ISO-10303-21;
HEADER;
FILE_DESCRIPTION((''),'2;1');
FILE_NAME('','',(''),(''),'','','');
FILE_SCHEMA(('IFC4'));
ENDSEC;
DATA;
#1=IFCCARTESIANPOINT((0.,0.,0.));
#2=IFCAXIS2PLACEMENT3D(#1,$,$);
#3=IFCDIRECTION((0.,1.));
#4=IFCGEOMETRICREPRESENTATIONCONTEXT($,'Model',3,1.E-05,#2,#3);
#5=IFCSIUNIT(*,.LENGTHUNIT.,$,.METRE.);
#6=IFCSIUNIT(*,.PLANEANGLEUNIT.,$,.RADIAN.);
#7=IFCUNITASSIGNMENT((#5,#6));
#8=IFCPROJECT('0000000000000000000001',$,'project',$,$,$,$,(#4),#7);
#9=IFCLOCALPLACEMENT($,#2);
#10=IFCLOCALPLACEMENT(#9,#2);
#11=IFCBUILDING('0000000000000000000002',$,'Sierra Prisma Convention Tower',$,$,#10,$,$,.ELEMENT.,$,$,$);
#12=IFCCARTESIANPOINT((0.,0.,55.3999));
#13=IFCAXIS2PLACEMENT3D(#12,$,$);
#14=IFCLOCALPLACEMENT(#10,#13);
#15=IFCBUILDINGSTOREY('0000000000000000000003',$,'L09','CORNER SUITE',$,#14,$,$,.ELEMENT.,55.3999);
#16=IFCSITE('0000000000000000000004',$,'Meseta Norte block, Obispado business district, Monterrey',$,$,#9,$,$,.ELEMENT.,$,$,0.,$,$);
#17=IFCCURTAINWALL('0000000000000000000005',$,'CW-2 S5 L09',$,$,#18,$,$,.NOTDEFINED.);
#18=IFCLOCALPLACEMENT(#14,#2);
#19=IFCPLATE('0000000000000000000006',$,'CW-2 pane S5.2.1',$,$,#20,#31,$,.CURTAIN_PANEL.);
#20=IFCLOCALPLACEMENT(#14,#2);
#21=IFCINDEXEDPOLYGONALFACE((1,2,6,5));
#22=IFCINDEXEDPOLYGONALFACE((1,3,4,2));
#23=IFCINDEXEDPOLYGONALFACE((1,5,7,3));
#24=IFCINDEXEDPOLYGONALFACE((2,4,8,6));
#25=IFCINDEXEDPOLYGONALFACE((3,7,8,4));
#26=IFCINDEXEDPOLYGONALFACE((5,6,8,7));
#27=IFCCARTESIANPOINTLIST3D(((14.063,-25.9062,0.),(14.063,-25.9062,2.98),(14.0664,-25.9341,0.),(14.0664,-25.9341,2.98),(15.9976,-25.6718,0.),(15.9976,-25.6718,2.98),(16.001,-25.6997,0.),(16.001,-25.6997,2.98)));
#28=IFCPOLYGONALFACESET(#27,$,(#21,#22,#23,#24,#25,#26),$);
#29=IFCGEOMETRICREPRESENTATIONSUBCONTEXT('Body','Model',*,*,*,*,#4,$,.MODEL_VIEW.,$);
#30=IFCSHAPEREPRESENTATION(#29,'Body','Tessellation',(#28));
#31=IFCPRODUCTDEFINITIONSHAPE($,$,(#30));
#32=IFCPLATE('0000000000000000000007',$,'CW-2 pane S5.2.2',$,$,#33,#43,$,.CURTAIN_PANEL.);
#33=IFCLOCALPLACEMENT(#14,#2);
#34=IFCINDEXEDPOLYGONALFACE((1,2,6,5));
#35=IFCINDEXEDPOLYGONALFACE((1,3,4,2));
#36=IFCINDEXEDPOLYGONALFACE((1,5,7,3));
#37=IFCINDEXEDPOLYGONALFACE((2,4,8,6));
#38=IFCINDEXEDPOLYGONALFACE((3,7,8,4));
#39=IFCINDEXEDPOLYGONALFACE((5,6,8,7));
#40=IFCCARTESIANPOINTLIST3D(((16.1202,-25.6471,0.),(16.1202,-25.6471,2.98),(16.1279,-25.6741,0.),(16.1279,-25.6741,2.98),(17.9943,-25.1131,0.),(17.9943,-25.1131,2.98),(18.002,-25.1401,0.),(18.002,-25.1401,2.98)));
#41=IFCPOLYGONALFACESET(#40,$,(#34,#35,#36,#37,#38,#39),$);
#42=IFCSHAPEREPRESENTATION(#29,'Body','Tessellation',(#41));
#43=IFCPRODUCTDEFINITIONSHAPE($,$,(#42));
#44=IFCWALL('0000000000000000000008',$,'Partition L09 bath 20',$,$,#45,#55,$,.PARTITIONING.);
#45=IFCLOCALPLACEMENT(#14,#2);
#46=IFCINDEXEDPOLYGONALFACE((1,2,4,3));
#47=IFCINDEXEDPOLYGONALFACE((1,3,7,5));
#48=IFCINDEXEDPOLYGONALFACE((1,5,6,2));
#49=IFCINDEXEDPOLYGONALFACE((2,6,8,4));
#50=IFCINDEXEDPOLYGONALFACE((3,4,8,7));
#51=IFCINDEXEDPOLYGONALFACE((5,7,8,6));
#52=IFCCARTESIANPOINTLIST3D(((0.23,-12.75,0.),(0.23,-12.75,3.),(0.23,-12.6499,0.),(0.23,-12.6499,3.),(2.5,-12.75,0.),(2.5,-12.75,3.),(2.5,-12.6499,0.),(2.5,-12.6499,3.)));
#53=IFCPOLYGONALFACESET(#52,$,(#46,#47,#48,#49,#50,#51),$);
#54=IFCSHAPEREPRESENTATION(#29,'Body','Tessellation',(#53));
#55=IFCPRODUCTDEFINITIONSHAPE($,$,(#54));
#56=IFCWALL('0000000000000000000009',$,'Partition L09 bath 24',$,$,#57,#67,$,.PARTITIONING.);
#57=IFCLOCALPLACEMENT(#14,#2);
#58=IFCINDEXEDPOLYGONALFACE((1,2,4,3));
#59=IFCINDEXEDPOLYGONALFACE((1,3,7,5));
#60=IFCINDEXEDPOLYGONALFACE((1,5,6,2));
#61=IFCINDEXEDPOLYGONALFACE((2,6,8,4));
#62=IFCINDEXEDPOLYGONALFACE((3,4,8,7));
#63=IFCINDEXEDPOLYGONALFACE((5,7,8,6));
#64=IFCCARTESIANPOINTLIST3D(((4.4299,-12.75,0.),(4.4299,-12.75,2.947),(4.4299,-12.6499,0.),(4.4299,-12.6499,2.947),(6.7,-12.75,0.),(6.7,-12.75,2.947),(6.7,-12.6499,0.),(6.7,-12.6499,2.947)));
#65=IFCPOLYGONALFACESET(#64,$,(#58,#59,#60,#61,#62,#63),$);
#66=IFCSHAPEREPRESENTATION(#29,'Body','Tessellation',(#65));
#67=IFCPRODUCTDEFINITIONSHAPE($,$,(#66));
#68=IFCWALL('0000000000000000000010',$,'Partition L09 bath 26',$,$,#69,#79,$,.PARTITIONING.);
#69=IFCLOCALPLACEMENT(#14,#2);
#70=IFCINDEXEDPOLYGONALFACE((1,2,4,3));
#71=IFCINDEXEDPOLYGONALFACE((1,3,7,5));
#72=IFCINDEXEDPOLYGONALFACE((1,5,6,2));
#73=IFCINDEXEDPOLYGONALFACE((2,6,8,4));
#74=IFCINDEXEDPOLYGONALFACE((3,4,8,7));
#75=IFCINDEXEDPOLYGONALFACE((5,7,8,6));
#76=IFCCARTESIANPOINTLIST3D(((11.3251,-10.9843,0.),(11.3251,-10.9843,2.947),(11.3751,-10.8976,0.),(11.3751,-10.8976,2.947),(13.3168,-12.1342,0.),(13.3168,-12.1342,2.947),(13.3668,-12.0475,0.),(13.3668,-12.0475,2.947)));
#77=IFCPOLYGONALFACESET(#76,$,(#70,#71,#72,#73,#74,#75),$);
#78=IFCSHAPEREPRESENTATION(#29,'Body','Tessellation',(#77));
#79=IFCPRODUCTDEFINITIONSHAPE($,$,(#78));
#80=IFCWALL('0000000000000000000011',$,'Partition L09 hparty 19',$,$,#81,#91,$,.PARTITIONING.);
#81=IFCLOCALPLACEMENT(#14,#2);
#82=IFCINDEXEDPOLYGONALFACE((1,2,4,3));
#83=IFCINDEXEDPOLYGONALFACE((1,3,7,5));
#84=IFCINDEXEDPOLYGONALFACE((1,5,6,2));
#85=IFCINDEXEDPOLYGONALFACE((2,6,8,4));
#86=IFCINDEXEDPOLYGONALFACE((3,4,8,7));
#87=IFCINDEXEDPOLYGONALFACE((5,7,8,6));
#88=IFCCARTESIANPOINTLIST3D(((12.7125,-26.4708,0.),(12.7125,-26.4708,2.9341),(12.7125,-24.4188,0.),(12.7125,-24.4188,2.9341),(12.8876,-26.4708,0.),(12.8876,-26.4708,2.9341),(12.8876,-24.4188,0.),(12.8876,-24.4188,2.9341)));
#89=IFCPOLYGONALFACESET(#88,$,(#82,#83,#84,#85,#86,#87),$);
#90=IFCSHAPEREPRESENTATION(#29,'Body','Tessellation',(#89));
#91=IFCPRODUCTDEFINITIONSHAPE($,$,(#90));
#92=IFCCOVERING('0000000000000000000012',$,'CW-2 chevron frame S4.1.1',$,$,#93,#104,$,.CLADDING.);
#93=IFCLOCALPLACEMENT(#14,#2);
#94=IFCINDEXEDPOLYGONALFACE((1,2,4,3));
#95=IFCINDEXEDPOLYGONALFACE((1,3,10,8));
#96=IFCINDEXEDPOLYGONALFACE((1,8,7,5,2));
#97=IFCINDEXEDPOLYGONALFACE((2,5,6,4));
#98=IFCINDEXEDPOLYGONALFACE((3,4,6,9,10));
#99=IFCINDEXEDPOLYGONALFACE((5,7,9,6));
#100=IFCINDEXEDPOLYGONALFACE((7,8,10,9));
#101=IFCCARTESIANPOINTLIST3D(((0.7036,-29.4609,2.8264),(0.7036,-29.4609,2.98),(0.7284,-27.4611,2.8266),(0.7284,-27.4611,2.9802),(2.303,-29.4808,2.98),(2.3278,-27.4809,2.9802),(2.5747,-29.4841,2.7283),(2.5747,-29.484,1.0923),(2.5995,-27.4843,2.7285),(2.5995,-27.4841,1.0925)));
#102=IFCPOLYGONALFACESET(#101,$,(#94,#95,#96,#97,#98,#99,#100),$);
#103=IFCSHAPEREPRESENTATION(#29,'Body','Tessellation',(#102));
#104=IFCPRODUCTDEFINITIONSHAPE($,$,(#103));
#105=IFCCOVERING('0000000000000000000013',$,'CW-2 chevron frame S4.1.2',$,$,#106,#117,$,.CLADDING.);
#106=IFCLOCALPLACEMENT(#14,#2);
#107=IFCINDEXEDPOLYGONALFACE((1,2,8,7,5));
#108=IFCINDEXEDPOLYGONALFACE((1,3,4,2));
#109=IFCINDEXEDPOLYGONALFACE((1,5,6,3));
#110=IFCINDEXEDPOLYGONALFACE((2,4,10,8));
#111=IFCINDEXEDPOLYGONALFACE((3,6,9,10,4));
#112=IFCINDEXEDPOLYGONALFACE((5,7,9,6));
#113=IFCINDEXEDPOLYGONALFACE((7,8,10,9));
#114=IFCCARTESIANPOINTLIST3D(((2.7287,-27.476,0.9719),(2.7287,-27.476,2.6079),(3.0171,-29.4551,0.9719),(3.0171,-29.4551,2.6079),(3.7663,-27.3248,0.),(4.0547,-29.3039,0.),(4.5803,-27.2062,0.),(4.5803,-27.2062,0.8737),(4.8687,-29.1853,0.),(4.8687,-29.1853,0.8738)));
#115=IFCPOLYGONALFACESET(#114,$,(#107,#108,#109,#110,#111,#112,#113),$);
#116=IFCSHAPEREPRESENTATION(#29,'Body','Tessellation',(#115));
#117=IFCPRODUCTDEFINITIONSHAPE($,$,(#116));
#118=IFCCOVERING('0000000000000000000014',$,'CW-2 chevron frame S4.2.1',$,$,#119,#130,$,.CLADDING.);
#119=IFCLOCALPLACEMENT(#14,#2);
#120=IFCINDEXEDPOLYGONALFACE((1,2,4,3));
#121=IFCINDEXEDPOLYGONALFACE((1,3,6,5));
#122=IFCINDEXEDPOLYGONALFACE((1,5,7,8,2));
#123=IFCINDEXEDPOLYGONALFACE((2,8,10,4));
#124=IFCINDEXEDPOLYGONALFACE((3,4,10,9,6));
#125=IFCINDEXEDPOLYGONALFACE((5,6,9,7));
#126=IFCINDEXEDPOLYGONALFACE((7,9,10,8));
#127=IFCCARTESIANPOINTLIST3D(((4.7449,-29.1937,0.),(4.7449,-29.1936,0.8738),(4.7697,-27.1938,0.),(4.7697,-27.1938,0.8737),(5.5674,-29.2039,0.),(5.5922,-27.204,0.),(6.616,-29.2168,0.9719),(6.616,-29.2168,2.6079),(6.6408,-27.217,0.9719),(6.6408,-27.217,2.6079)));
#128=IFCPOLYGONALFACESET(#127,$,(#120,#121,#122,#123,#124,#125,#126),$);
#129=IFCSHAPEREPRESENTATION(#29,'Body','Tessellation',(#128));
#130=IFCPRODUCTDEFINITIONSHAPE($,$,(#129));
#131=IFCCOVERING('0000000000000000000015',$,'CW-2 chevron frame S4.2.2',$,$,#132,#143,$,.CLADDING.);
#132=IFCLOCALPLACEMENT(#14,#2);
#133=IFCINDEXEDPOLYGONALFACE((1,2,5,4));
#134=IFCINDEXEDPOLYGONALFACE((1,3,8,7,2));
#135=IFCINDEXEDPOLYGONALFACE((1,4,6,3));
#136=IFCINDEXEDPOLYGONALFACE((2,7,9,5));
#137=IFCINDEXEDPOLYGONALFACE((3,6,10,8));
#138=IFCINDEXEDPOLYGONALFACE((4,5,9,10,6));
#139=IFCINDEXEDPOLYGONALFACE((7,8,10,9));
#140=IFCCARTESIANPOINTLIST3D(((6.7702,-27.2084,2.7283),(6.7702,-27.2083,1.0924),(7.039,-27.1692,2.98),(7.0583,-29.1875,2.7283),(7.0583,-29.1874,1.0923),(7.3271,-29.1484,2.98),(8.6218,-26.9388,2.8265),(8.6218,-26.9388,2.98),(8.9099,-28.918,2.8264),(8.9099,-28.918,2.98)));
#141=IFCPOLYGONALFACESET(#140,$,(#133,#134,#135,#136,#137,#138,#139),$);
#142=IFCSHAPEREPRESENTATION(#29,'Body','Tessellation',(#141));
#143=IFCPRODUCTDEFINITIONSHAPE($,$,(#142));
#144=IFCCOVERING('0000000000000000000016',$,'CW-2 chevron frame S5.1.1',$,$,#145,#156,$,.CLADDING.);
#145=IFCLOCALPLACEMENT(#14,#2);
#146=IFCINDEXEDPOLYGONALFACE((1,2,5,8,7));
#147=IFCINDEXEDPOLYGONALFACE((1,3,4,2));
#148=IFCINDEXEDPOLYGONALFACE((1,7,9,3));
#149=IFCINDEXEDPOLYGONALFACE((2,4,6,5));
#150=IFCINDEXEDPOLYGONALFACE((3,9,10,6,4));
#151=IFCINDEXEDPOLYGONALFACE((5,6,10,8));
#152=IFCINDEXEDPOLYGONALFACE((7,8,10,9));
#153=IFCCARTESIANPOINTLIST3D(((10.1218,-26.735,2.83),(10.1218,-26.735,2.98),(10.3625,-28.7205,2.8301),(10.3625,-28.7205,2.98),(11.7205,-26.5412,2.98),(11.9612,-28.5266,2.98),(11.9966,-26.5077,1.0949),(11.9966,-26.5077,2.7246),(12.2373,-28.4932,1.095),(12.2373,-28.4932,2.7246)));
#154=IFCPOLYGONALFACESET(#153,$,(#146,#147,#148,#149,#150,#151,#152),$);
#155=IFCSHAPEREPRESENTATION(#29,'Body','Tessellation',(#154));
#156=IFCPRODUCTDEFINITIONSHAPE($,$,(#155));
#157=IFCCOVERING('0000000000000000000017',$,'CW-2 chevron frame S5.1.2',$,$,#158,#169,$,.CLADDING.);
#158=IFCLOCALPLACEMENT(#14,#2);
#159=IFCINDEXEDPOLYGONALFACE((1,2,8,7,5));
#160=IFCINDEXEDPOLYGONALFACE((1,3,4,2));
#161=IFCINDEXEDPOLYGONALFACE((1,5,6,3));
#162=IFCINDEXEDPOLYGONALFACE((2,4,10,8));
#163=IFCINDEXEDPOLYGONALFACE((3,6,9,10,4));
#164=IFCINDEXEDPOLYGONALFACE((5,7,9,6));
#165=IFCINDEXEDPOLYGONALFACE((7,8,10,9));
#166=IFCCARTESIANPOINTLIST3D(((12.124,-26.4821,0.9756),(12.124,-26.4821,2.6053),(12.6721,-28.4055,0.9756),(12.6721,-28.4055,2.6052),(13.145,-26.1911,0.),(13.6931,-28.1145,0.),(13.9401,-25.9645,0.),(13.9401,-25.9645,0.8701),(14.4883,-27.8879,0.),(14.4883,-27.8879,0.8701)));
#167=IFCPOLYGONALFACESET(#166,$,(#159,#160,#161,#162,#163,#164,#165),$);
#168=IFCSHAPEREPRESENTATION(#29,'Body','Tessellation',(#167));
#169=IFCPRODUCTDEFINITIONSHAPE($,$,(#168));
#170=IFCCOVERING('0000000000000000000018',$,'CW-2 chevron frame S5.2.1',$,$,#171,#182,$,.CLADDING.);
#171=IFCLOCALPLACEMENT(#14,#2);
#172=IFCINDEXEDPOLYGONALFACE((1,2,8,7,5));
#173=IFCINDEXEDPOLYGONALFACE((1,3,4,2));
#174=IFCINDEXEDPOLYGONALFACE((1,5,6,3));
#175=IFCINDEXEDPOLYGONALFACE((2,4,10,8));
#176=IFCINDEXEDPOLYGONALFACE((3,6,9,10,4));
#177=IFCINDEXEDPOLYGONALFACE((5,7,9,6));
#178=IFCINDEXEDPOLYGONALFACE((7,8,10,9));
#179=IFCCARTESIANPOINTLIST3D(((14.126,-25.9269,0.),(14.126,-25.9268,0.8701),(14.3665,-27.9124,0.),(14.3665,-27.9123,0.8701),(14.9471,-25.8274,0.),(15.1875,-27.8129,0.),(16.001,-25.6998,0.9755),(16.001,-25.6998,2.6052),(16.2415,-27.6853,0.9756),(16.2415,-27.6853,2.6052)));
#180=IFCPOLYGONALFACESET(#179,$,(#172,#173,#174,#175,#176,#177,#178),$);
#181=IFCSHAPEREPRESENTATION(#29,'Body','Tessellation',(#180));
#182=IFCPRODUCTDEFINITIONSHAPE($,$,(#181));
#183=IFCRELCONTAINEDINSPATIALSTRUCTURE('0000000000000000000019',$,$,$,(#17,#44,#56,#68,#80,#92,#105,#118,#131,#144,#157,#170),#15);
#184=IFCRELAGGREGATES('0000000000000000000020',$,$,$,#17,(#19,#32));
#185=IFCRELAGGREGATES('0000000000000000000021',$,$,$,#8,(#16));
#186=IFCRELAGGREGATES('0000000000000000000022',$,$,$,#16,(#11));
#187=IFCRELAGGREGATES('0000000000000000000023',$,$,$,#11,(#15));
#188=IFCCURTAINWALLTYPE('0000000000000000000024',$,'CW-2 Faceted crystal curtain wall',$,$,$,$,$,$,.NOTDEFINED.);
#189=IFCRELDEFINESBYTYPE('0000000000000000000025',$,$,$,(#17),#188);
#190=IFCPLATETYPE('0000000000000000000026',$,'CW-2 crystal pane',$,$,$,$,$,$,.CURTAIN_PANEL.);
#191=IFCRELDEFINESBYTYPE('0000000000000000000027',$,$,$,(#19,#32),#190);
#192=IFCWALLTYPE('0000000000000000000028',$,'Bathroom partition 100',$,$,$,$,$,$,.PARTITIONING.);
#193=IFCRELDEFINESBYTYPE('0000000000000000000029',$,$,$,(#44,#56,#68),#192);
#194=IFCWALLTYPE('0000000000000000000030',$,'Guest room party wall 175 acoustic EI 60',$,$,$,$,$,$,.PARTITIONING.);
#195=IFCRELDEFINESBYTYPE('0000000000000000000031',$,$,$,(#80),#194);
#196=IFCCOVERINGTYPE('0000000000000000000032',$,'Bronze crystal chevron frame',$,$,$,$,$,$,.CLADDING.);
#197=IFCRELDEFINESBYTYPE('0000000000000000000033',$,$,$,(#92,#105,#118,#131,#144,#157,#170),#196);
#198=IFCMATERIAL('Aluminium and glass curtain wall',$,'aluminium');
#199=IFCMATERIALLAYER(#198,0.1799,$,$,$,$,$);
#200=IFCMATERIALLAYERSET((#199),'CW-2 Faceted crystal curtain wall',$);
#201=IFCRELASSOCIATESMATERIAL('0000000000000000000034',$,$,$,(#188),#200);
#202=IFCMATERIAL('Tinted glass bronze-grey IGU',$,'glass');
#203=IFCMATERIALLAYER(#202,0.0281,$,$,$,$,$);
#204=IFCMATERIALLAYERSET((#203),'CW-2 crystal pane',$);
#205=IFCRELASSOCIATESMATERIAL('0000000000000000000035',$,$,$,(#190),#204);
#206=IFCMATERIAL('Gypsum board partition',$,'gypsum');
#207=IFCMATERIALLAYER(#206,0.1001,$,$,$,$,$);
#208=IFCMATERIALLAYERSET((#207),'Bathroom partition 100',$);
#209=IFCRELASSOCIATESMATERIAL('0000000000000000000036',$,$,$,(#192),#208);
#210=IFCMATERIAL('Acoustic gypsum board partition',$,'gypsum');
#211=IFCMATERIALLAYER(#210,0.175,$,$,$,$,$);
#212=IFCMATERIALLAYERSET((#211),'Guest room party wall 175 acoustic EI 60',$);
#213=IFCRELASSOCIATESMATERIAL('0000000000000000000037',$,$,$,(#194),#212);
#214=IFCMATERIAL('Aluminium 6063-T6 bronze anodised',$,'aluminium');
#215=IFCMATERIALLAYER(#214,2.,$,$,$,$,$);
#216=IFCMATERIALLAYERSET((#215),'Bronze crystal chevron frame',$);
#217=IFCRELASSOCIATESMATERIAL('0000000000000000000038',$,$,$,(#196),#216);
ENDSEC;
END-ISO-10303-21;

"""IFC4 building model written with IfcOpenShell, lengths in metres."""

from ifc_helpers import new_model, si_unit, direction, frame, frame_2d, origin, place, context, subcontext, project, spatial, polyline, rectangle, outline, extrude, material, layer, layer_set, type_object, element, aggregate, save


model = new_model("IFC4")

# Units and contexts
model_context = context("Model", 3, precision=1e-05, world=origin(), true_north=direction((0.0, 1.0)))
body_context = subcontext(model_context, "Body", "Model", "MODEL_VIEW")
ifc_project = project(units=[si_unit("LENGTHUNIT", "METRE"), si_unit("PLANEANGLEUNIT", "RADIAN")], contexts=[model_context])

# Site, building, storey
site_placement = place(None, origin())
site = spatial("IfcSite", under=ifc_project, at=site_placement, Name="Meseta Norte block, Obispado business district, Monterrey", CompositionType="ELEMENT", RefElevation=0.0)
building_placement = place(site_placement, origin())
building = spatial("IfcBuilding", under=site, at=building_placement, Name="Sierra Prisma Convention Tower", CompositionType="ELEMENT")
storey_placement = place(building_placement, frame((0.0, 0.0, 55.3999)))
storey = spatial("IfcBuildingStorey", under=building, at=storey_placement, Name="L09", Description="CORNER SUITE", CompositionType="ELEMENT", Elevation=55.3999)

# Curtain wall
ifc_material_1 = material(Name="Aluminium and glass curtain wall", Category="aluminium")
ifc_layer_1 = layer(ifc_material_1, 0.1799)
ifc_layer_set_1 = layer_set([ifc_layer_1], Name="CW-2 Faceted crystal curtain wall")
curtain_wall_type = type_object("IfcCurtainWallType", Name="CW-2 Faceted crystal curtain wall", PredefinedType="NOTDEFINED", material=ifc_layer_set_1)
curtain_wall_1_placement = place(storey_placement, origin())
curtain_wall_1 = element("IfcCurtainWall", 1, at=curtain_wall_1_placement, inside=storey, type_object=curtain_wall_type, Name="CW-2 S5 L09", PredefinedType="NOTDEFINED")

# Plates
ifc_material_2 = material(Name="Tinted glass bronze-grey IGU", Category="glass")
ifc_layer_2 = layer(ifc_material_2, 0.0281)
ifc_layer_set_2 = layer_set([ifc_layer_2], Name="CW-2 crystal pane")
plate_type = type_object("IfcPlateType", Name="CW-2 crystal pane", PredefinedType="CURTAIN_PANEL", material=ifc_layer_set_2)
plate_1_placement = place(storey_placement, frame((14.0664, -25.9341, 0.0), z_axis=(0.120272, -0.992741, 0.0), x_axis=(0.992741, 0.120272, 0.0)))
plate_1 = element("IfcPlate", 2, at=plate_1_placement, type_object=plate_type, Name="CW-2 pane S5.2.1", PredefinedType="CURTAIN_PANEL", context=body_context, shape_type="SweptSolid", body=[
    extrude(outline(polyline([(0.0, 0.0), (1.9487, 0.0), (1.9487, 2.98), (0.0, 2.98), (0.0, 0.0)])), origin(), (0.0, 0.0, -1.0), 0.0281),
])
plate_2_placement = place(storey_placement, frame((18.002, -25.1401, 0.0), z_axis=(0.274009, -0.961727, 0.0), x_axis=(-0.961727, -0.274009, 0.0)))
plate_2 = element("IfcPlate", 3, at=plate_2_placement, type_object=plate_type, Name="CW-2 pane S5.2.2", PredefinedType="CURTAIN_PANEL", context=body_context, shape_type="SweptSolid", body=[
    extrude(outline(polyline([(0.0, 0.0), (1.9486, 0.0), (1.9486, -2.98), (0.0, -2.98), (0.0, 0.0)])), origin(), (0.0, 0.0, -1.0), 0.0281),
])
aggregate(curtain_wall_1, [plate_1, plate_2])

# Walls
ifc_material_3 = material(Name="Gypsum board partition", Category="gypsum")
ifc_layer_3 = layer(ifc_material_3, 0.1001)
ifc_layer_set_3 = layer_set([ifc_layer_3], Name="Bathroom partition 100")
wall_type_1 = type_object("IfcWallType", Name="Bathroom partition 100", PredefinedType="PARTITIONING", material=ifc_layer_set_3)
wall_1_placement = place(storey_placement, frame((2.5, -12.7, 0.0), z_axis=(0.0, 0.0, 1.0), x_axis=(-1.0, 0.0, 0.0)))
element("IfcWall", 4, at=wall_1_placement, inside=storey, type_object=wall_type_1, Name="Partition L09 bath 20", PredefinedType="PARTITIONING", context=body_context, shape_type="SweptSolid", body=[
    extrude(rectangle(XDim=2.27, YDim=0.1001, at=frame_2d((1.135, 0.0))), origin(), (0.0, 0.0, 1.0), 3.0),
])
wall_2_placement = place(storey_placement, frame((6.7, -12.7, 0.0), z_axis=(0.0, 0.0, 1.0), x_axis=(-1.0, 0.0, 0.0)))
element("IfcWall", 5, at=wall_2_placement, inside=storey, type_object=wall_type_1, Name="Partition L09 bath 24", PredefinedType="PARTITIONING", context=body_context, shape_type="SweptSolid", body=[
    extrude(rectangle(XDim=2.27, YDim=0.1001, at=frame_2d((1.135, 0.0))), origin(), (0.0, 0.0, 1.0), 2.947),
])
wall_3_placement = place(storey_placement, frame((13.3418, -12.0908, 0.0), z_axis=(0.0, 0.0, 1.0), x_axis=(-0.866026, 0.499998, 0.0)))
element("IfcWall", 6, at=wall_3_placement, inside=storey, type_object=wall_type_1, Name="Partition L09 bath 26", PredefinedType="PARTITIONING", context=body_context, shape_type="SweptSolid", body=[
    extrude(rectangle(XDim=2.2998, YDim=0.1001, at=frame_2d((1.1499, 0.0))), origin(), (0.0, 0.0, 1.0), 2.947),
])
ifc_material_4 = material(Name="Acoustic gypsum board partition", Category="gypsum")
ifc_layer_4 = layer(ifc_material_4, 0.175)
ifc_layer_set_4 = layer_set([ifc_layer_4], Name="Guest room party wall 175 acoustic EI 60")
wall_type_2 = type_object("IfcWallType", Name="Guest room party wall 175 acoustic EI 60", PredefinedType="PARTITIONING", material=ifc_layer_set_4)
wall_4_placement = place(storey_placement, frame((12.8, -24.4189, 0.0), z_axis=(0.0, 0.0, 1.0), x_axis=(0.0, -1.0, 0.0)))
element("IfcWall", 7, at=wall_4_placement, inside=storey, type_object=wall_type_2, Name="Partition L09 hparty 19", PredefinedType="PARTITIONING", context=body_context, shape_type="SweptSolid", body=[
    extrude(rectangle(XDim=2.052, YDim=0.175, at=frame_2d((1.0259, 0.0))), origin(), (0.0, 0.0, 1.0), 2.9341),
])

# Coverings
ifc_material_5 = material(Name="Aluminium 6063-T6 bronze anodised", Category="aluminium")
ifc_layer_5 = layer(ifc_material_5, 2.0)
ifc_layer_set_5 = layer_set([ifc_layer_5], Name="Bronze crystal chevron frame")
covering_type = type_object("IfcCoveringType", Name="Bronze crystal chevron frame", PredefinedType="CLADDING", material=ifc_layer_set_5)
covering_1_placement = place(storey_placement, frame((0.7036, -29.4609, 2.98), z_axis=(-0.012408, -0.999923, -0.000097), x_axis=(0.000001, 0.000097, -1.0)))
element("IfcCovering", 8, at=covering_1_placement, inside=storey, type_object=covering_type, Name="CW-2 chevron frame S4.1.1", PredefinedType="CLADDING", context=body_context, shape_type="SweptSolid", body=[
    extrude(outline(polyline([(0.0, 0.0), (0.1536, 0.0), (1.8877, 1.8712), (0.2517, 1.8712), (0.0, 1.5995), (0.0, 0.0)])), origin(), (0.0, 0.0, -1.0), 2.0),
])
covering_2_placement = place(storey_placement, frame((3.0171, -29.4551, 2.6079), z_axis=(0.144189, -0.98955, 0.000019), x_axis=(0.000003, -0.000019, -1.0)))
element("IfcCovering", 9, at=covering_2_placement, inside=storey, type_object=covering_type, Name="CW-2 chevron frame S4.1.2", PredefinedType="CLADDING", context=body_context, shape_type="SweptSolid", body=[
    extrude(outline(polyline([(0.0, 0.0), (1.636, 0.0), (2.6079, 1.0485), (2.6079, 1.8711), (1.7341, 1.8711), (0.0, 0.0)])), origin(), (0.0, 0.0, -1.0), 2.0),
])
covering_3_placement = place(storey_placement, frame((5.5674, -29.2039, 0.0), z_axis=(-0.012405, -0.999923, 0.00002), x_axis=(0.733377, -0.009085, 0.679761)))
element("IfcCovering", 10, at=covering_3_placement, inside=storey, type_object=covering_type, Name="CW-2 chevron frame S4.2.1", PredefinedType="CLADDING", context=body_context, shape_type="SweptSolid", body=[
    extrude(outline(polyline([(0.0, 0.0), (1.4298, 0.0), (2.5419, 1.1999), (-0.0093, 1.2), (-0.6033, 0.5592), (0.0, 0.0)])), origin(), (0.0, 0.0, -1.0), 2.0),
])
covering_4_placement = place(storey_placement, frame((8.9099, -28.918, 2.98), z_axis=(0.144056, -0.98957, -0.000033), x_axis=(-0.98957, -0.144056, 0.0)))
element("IfcCovering", 11, at=covering_4_placement, inside=storey, type_object=covering_type, Name="CW-2 chevron frame S4.2.2", PredefinedType="CLADDING", context=body_context, shape_type="SweptSolid", body=[
    extrude(outline(polyline([(0.0, 0.0), (1.5995, 0.0), (1.8711, 0.2517), (1.8711, 1.8877), (0.0, 0.1536), (0.0, 0.0)])), origin(), (0.0, 0.0, -1.0), 2.0),
])
covering_5_placement = place(storey_placement, frame((10.3625, -28.7205, 2.98), z_axis=(0.12036, -0.99273, 0.000015), x_axis=(0.000002, -0.000015, -1.0)))
element("IfcCovering", 12, at=covering_5_placement, inside=storey, type_object=covering_type, Name="CW-2 chevron frame S5.1.1", PredefinedType="CLADDING", context=body_context, shape_type="SweptSolid", body=[
    extrude(outline(polyline([(0.0, 0.0), (0.1499, 0.0), (1.885, 1.8885), (0.2554, 1.8885), (0.0, 1.6103), (0.0, 0.0)])), origin(), (0.0, 0.0, -1.0), 2.0),
])
covering_6_placement = place(storey_placement, frame((12.6721, -28.4055, 2.6052), z_axis=(0.274064, -0.961711, -0.000016), x_axis=(-0.000004, 0.000015, -1.0)))
element("IfcCovering", 13, at=covering_6_placement, inside=storey, type_object=covering_type, Name="CW-2 chevron frame S5.1.2", PredefinedType="CLADDING", context=body_context, shape_type="SweptSolid", body=[
    extrude(outline(polyline([(0.0, 0.0), (1.6296, 0.0), (2.6052, 1.0617), (2.6052, 1.8885), (1.7351, 1.8885), (0.0, 0.0)])), origin(), (0.0, 0.0, -1.0), 2.0),
])
covering_7_placement = place(storey_placement, frame((14.3665, -27.9124, 0.0), z_axis=(0.120205, -0.992749, 0.00002), x_axis=(0.992749, 0.120205, 0.0)))
element("IfcCovering", 14, at=covering_7_placement, inside=storey, type_object=covering_type, Name="CW-2 chevron frame S5.2.1", PredefinedType="CLADDING", context=body_context, shape_type="SweptSolid", body=[
    extrude(outline(polyline([(0.0, 0.0), (0.827, 0.0), (1.8887, 0.9756), (1.8887, 2.6052), (0.0, 0.8701), (0.0, 0.0)])), origin(), (0.0, 0.0, -1.0), 2.0),
])

save(model, "model.ifc")
